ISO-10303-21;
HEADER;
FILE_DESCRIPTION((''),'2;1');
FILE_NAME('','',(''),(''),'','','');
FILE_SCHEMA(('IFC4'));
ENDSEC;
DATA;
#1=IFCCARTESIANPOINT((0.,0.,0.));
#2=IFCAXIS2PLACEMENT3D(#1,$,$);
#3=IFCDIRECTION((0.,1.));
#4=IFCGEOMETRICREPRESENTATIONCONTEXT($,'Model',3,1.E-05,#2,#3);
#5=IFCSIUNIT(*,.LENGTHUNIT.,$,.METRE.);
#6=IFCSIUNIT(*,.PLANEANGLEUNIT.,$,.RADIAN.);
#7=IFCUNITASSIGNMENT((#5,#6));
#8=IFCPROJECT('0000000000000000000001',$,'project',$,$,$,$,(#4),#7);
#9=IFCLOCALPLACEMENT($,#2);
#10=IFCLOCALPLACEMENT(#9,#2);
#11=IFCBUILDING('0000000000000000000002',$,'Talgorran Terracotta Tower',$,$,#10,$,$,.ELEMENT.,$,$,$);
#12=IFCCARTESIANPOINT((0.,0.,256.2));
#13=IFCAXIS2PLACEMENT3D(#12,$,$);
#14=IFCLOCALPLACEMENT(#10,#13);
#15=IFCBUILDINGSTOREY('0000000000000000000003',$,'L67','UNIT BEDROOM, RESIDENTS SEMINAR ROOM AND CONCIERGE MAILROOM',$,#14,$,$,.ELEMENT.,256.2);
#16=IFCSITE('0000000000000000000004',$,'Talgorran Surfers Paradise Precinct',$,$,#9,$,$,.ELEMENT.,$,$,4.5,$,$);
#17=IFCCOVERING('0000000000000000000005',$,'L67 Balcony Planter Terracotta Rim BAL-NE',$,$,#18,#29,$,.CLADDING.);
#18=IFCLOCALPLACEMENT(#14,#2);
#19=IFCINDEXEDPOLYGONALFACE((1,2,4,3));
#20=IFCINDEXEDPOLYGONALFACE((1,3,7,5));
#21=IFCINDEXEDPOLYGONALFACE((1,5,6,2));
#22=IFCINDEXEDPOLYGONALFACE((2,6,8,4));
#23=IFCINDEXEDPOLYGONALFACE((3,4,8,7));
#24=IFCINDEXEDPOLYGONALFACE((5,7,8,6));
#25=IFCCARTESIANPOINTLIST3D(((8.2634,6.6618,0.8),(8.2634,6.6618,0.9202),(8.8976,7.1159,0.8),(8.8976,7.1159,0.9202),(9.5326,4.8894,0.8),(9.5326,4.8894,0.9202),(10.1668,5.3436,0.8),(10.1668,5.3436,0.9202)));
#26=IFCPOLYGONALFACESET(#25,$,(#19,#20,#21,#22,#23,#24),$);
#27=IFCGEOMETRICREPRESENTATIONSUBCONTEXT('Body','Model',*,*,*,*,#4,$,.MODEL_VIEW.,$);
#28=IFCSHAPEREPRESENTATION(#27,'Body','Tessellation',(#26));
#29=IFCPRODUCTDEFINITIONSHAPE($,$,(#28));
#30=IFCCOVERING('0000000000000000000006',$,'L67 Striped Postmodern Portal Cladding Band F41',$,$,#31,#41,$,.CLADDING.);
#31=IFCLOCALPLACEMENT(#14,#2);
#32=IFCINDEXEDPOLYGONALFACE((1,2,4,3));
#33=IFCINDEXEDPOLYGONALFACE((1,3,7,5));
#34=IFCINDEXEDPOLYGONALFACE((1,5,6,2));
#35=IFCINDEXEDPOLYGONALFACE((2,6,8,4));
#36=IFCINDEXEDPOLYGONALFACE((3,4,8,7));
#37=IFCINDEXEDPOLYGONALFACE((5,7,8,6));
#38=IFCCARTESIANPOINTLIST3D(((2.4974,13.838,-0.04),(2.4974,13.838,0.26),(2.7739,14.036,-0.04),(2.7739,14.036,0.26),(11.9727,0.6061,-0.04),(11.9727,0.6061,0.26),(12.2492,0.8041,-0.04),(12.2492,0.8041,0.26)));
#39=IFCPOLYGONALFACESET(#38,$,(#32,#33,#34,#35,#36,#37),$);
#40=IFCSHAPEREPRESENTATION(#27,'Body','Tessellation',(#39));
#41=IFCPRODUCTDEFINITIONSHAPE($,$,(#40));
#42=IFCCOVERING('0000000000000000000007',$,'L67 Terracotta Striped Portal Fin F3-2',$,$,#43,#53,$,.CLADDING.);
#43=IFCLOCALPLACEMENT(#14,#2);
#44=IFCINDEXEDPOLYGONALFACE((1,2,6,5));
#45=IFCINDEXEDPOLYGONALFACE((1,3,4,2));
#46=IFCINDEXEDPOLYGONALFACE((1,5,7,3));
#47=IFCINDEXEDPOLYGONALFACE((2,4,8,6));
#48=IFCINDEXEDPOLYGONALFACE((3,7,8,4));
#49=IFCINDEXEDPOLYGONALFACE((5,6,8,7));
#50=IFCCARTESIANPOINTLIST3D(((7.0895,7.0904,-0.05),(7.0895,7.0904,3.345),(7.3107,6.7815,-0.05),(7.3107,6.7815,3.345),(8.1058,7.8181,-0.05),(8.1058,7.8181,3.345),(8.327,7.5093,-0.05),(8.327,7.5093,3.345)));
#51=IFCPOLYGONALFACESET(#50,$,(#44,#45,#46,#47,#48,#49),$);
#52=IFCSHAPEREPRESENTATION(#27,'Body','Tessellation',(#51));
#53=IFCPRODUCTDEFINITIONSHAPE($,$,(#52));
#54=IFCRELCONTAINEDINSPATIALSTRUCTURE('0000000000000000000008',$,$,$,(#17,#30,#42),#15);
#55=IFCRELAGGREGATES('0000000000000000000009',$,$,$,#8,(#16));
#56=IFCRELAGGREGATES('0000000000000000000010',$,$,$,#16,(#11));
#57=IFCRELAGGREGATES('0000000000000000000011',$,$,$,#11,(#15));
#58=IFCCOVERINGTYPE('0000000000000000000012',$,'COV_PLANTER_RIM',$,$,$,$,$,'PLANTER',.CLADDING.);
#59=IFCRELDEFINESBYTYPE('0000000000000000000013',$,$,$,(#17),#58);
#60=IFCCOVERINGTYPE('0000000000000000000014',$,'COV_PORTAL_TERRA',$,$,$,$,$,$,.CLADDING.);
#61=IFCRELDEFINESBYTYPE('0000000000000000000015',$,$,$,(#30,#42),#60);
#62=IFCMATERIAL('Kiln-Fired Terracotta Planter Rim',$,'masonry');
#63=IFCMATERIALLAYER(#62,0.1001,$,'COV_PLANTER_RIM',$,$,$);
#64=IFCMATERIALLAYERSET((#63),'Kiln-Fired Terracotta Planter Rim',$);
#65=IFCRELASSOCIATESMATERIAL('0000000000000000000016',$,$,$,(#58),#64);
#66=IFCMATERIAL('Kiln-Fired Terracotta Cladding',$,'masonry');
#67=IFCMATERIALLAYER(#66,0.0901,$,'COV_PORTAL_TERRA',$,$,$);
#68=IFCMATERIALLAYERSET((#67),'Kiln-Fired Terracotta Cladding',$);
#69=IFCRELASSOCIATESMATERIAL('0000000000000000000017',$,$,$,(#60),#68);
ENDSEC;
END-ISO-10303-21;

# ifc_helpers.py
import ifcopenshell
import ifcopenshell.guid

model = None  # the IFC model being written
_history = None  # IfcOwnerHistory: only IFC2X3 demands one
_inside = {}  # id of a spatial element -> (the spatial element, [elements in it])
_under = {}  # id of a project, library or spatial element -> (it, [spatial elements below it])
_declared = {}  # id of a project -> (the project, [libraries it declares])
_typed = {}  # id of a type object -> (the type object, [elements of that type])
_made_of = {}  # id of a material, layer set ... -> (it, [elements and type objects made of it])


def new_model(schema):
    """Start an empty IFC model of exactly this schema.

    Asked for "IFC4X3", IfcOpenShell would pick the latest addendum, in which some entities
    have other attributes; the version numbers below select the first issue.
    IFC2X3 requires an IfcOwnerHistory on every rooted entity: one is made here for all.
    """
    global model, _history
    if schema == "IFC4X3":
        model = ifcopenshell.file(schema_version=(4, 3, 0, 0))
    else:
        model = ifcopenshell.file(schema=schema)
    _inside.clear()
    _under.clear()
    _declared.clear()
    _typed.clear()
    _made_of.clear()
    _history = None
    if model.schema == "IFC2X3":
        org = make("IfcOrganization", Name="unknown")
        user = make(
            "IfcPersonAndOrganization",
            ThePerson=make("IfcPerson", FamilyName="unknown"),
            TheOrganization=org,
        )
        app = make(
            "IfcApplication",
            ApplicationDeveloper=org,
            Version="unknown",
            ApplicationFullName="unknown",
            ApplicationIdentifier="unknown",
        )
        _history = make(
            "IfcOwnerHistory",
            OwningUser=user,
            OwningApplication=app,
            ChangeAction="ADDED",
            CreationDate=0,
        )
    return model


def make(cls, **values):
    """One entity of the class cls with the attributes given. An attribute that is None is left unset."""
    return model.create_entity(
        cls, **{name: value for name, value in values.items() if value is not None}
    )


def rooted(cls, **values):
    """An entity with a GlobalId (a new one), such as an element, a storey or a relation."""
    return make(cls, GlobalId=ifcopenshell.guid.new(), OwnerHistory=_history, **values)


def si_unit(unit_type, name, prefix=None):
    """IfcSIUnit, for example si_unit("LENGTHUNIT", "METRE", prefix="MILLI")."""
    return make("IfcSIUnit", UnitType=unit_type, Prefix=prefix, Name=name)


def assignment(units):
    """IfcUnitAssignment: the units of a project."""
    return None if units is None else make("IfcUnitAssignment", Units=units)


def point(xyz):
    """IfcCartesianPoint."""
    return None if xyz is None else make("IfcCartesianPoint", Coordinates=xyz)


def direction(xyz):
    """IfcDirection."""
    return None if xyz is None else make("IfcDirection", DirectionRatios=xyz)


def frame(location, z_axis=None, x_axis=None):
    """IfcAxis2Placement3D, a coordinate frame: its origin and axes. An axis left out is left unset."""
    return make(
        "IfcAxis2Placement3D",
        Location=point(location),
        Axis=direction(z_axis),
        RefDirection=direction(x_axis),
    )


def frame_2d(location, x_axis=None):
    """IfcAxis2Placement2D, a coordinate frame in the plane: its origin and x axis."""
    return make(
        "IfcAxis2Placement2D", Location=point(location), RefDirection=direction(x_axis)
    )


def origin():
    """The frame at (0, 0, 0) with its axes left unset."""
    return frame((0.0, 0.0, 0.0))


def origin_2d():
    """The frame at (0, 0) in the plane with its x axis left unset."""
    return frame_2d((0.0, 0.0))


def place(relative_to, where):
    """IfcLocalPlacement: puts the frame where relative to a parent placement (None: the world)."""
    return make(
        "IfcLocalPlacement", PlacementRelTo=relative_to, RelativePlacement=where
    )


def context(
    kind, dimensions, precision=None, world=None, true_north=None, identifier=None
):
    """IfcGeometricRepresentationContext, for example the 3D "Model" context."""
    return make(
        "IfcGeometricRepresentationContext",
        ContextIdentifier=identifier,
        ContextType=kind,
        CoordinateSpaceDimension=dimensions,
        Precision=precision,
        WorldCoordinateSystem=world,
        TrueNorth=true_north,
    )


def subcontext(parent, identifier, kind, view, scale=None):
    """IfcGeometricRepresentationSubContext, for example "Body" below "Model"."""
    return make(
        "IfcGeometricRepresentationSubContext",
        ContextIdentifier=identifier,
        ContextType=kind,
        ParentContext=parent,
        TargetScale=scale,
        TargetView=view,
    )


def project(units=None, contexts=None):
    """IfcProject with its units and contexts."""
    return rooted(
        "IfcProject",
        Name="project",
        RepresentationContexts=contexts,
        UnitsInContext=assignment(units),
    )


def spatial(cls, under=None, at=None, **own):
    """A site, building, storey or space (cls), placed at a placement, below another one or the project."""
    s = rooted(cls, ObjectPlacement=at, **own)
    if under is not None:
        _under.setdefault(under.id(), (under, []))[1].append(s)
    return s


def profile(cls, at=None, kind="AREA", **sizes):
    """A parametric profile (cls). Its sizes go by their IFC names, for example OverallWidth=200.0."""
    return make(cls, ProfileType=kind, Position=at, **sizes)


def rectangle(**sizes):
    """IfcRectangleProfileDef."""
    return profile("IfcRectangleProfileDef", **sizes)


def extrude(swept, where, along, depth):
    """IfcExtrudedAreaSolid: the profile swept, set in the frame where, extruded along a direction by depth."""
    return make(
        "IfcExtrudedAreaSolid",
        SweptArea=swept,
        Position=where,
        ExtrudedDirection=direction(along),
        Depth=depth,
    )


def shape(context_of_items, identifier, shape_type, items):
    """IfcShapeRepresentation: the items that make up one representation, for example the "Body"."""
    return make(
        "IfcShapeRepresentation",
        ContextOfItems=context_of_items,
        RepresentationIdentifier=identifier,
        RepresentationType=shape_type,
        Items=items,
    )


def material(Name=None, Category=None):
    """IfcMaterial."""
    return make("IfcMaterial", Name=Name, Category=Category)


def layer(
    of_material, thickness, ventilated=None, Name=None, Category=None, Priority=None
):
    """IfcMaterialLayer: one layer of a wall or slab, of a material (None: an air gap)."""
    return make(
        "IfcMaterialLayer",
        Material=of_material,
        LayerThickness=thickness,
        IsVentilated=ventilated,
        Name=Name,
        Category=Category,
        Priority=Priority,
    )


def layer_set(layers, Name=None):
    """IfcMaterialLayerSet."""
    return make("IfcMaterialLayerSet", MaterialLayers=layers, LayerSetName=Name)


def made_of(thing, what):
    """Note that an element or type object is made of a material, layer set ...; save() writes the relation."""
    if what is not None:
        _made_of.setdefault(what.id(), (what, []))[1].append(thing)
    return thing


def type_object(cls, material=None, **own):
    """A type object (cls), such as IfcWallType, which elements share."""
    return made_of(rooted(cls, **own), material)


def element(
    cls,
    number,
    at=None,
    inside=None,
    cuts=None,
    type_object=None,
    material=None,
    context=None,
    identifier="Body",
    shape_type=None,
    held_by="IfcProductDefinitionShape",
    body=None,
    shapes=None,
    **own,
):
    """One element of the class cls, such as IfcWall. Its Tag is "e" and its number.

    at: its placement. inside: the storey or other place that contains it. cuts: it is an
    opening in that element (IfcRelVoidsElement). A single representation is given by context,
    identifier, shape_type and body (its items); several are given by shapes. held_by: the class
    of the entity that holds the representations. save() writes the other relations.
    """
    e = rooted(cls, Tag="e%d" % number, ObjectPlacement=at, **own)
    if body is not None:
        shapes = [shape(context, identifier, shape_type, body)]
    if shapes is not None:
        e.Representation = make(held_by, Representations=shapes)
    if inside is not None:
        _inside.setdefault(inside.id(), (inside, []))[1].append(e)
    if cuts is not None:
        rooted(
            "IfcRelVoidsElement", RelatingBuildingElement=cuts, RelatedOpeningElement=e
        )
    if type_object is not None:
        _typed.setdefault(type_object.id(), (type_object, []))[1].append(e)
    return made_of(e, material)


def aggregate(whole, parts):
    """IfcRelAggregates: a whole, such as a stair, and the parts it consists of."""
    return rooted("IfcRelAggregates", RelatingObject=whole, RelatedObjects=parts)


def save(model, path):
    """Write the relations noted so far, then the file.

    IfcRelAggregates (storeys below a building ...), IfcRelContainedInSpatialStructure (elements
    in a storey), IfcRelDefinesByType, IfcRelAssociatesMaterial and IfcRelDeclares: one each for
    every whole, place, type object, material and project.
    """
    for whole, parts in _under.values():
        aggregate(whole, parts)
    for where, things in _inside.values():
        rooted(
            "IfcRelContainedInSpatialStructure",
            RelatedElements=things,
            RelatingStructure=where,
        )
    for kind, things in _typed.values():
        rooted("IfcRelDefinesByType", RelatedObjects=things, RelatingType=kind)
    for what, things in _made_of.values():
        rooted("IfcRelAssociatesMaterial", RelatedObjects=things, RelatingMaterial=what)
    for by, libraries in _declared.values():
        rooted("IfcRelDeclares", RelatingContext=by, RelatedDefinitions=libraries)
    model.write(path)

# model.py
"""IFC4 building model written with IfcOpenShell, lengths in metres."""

from ifc_helpers import new_model, si_unit, direction, frame, origin, origin_2d, place, context, subcontext, project, spatial, rectangle, extrude, material, layer, layer_set, type_object, element, save


model = new_model("IFC4")

# Units and contexts
model_context = context("Model", 3, precision=1e-05, world=origin(), true_north=direction((0.0, 1.0)))
body_context = subcontext(model_context, "Body", "Model", "MODEL_VIEW")
ifc_project = project(units=[si_unit("LENGTHUNIT", "METRE"), si_unit("PLANEANGLEUNIT", "RADIAN")], contexts=[model_context])

# Site, building, storey
site_placement = place(None, origin())
site = spatial("IfcSite", under=ifc_project, at=site_placement, Name="Talgorran Surfers Paradise Precinct", CompositionType="ELEMENT", RefElevation=4.5)
building_placement = place(site_placement, origin())
building = spatial("IfcBuilding", under=site, at=building_placement, Name="Talgorran Terracotta Tower", CompositionType="ELEMENT")
storey_placement = place(building_placement, frame((0.0, 0.0, 256.2)))
storey = spatial("IfcBuildingStorey", under=building, at=storey_placement, Name="L67", Description="UNIT BEDROOM, RESIDENTS SEMINAR ROOM AND CONCIERGE MAILROOM", CompositionType="ELEMENT", Elevation=256.2)

# Coverings
ifc_material_1 = material(Name="Kiln-Fired Terracotta Planter Rim", Category="masonry")
ifc_layer_1 = layer(ifc_material_1, 0.1001, Name="COV_PLANTER_RIM")
ifc_layer_set_1 = layer_set([ifc_layer_1], Name="Kiln-Fired Terracotta Planter Rim")
covering_type_1 = type_object("IfcCoveringType", Name="COV_PLANTER_RIM", ElementType="PLANTER", PredefinedType="CLADDING", material=ifc_layer_set_1)
covering_1_placement = place(storey_placement, frame((9.2151, 6.0027, 0.8), z_axis=(0.0, 0.0, 1.0), x_axis=(-0.582208, 0.81304, 0.0)))
element("IfcCovering", 1, at=covering_1_placement, inside=storey, type_object=covering_type_1, Name="L67 Balcony Planter Terracotta Rim BAL-NE", PredefinedType="CLADDING", context=body_context, shape_type="SweptSolid", body=[
    extrude(rectangle(XDim=2.1799, YDim=0.78, at=origin_2d()), origin(), (0.0, 0.0, 1.0), 0.1201),
])
ifc_material_2 = material(Name="Kiln-Fired Terracotta Cladding", Category="masonry")
ifc_layer_2 = layer(ifc_material_2, 0.0901, Name="COV_PORTAL_TERRA")
ifc_layer_set_2 = layer_set([ifc_layer_2], Name="Kiln-Fired Terracotta Cladding")
covering_type_2 = type_object("IfcCoveringType", Name="COV_PORTAL_TERRA", PredefinedType="CLADDING", material=ifc_layer_set_2)
covering_2_placement = place(storey_placement, frame((7.3733, 7.321, -0.04), z_axis=(0.0, 0.0, 1.0), x_axis=(-0.582208, 0.81304, 0.0)))
element("IfcCovering", 2, at=covering_2_placement, inside=storey, type_object=covering_type_2, Name="L67 Striped Postmodern Portal Cladding Band F41", PredefinedType="CLADDING", context=body_context, shape_type="SweptSolid", body=[
    extrude(rectangle(XDim=16.2747, YDim=0.3401, at=origin_2d()), origin(), (0.0, 0.0, 1.0), 0.3),
])
covering_3_placement = place(storey_placement, frame((7.7083, 7.2998, -0.05), z_axis=(0.0, 0.0, 1.0), x_axis=(-0.582208, 0.81304, 0.0)))
element("IfcCovering", 3, at=covering_3_placement, inside=storey, type_object=covering_type_2, Name="L67 Terracotta Striped Portal Fin F3-2", PredefinedType="CLADDING", context=body_context, shape_type="SweptSolid", body=[
    extrude(rectangle(XDim=0.3799, YDim=1.25, at=origin_2d()), origin(), (0.0, 0.0, 1.0), 3.395),
])

save(model, "model.ifc")
